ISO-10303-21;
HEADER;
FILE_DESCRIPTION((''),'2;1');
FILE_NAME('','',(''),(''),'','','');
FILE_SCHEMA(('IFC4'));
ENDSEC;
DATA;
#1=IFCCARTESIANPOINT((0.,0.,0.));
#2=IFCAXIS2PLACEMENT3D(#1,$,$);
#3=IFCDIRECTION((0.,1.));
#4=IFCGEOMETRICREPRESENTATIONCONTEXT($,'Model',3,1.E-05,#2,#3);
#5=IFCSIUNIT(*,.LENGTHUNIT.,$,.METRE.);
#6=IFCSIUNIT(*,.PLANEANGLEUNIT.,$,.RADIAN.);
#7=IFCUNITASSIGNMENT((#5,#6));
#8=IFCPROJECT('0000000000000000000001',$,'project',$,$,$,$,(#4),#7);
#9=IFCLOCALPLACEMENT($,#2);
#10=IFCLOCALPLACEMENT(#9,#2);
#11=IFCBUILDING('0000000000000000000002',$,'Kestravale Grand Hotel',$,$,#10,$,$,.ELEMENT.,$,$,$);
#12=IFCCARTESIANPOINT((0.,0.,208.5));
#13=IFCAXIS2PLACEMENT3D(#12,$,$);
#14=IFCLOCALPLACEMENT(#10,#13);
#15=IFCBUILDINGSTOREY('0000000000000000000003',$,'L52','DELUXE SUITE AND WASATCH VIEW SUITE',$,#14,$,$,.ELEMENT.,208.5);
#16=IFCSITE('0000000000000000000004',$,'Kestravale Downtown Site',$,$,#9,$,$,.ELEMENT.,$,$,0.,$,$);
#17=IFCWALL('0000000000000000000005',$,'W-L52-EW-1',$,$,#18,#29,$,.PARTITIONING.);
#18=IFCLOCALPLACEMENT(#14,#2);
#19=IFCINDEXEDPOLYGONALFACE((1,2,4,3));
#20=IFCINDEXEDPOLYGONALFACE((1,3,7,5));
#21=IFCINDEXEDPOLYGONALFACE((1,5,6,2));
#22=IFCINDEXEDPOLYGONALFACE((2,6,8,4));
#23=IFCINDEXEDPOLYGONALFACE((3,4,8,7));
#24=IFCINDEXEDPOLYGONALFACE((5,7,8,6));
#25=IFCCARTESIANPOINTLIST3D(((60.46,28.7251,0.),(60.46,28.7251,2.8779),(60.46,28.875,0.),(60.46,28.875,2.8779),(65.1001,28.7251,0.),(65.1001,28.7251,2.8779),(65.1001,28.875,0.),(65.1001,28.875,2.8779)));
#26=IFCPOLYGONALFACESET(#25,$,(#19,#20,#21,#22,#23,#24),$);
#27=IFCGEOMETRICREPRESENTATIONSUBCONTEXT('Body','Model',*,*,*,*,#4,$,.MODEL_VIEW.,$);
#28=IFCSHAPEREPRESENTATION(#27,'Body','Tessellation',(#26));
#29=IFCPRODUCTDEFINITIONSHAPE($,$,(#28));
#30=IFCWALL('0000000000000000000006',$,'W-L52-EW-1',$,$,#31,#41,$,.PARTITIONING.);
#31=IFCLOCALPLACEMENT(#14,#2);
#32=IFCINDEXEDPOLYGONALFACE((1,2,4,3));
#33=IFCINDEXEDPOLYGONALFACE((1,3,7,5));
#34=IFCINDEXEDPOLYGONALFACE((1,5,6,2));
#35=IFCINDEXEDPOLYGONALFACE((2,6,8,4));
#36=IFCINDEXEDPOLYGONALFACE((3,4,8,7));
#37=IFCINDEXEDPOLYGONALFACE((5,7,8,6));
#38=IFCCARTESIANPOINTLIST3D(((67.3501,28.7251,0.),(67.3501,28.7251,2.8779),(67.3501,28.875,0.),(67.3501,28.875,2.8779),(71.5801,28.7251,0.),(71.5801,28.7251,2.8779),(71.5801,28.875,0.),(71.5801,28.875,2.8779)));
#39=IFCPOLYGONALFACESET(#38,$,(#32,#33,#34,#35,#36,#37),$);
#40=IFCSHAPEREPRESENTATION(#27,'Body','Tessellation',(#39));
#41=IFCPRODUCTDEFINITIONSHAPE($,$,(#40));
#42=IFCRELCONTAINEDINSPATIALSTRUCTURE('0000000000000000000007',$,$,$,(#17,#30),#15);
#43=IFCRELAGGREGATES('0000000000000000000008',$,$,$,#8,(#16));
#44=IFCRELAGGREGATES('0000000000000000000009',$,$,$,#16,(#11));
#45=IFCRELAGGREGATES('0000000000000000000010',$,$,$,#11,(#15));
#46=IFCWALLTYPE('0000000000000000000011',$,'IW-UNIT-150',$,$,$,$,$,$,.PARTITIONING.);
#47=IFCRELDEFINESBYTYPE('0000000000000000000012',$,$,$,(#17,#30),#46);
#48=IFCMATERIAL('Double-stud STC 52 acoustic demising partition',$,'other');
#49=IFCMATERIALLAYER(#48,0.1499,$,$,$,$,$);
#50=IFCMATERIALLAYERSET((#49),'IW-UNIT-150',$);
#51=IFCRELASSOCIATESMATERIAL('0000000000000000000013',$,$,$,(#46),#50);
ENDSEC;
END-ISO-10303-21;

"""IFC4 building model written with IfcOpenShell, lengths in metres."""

from ifc_helpers import new_model, si_unit, direction, frame, frame_2d, origin, place, context, subcontext, project, spatial, rectangle, extrude, material, layer, layer_set, type_object, element, save


model = new_model("IFC4")

# Units and contexts
model_context = context("Model", 3, precision=1e-05, world=origin(), true_north=direction((0.0, 1.0)))
body_context = subcontext(model_context, "Body", "Model", "MODEL_VIEW")
ifc_project = project(units=[si_unit("LENGTHUNIT", "METRE"), si_unit("PLANEANGLEUNIT", "RADIAN")], contexts=[model_context])

# Site, building, storey
site_placement = place(None, origin())
site = spatial("IfcSite", under=ifc_project, at=site_placement, Name="Kestravale Downtown Site", CompositionType="ELEMENT", RefElevation=0.0)
building_placement = place(site_placement, origin())
building = spatial("IfcBuilding", under=site, at=building_placement, Name="Kestravale Grand Hotel", CompositionType="ELEMENT")
storey_placement = place(building_placement, frame((0.0, 0.0, 208.5)))
storey = spatial("IfcBuildingStorey", under=building, at=storey_placement, Name="L52", Description="DELUXE SUITE AND WASATCH VIEW SUITE", CompositionType="ELEMENT", Elevation=208.5)

# Walls
ifc_material_1 = material(Name="Double-stud STC 52 acoustic demising partition", Category="other")
ifc_layer_1 = layer(ifc_material_1, 0.1499)
ifc_layer_set_1 = layer_set([ifc_layer_1], Name="IW-UNIT-150")
wall_type_1 = type_object("IfcWallType", Name="IW-UNIT-150", PredefinedType="PARTITIONING", material=ifc_layer_set_1)
wall_1_placement = place(storey_placement, frame((60.46, 28.8, 0.0), z_axis=(0.0, 0.0, 1.0), x_axis=(1.0, 0.0, 0.0)))
element("IfcWall", 1, at=wall_1_placement, inside=storey, type_object=wall_type_1, Name="W-L52-EW-1", PredefinedType="PARTITIONING", context=body_context, shape_type="SweptSolid", body=[
    extrude(rectangle(XDim=4.6401, YDim=0.1499, at=frame_2d((2.3201, 0.0))), origin(), (0.0, 0.0, 1.0), 2.8779),
])
wall_2_placement = place(storey_placement, frame((67.3501, 28.8, 0.0), z_axis=(0.0, 0.0, 1.0), x_axis=(1.0, 0.0, 0.0)))
element("IfcWall", 2, at=wall_2_placement, inside=storey, type_object=wall_type_1, Name="W-L52-EW-1", PredefinedType="PARTITIONING", context=body_context, shape_type="SweptSolid", body=[
    extrude(rectangle(XDim=4.23, YDim=0.1499, at=frame_2d((2.115, 0.0))), origin(), (0.0, 0.0, 1.0), 2.8779),
])

save(model, "model.ifc")
